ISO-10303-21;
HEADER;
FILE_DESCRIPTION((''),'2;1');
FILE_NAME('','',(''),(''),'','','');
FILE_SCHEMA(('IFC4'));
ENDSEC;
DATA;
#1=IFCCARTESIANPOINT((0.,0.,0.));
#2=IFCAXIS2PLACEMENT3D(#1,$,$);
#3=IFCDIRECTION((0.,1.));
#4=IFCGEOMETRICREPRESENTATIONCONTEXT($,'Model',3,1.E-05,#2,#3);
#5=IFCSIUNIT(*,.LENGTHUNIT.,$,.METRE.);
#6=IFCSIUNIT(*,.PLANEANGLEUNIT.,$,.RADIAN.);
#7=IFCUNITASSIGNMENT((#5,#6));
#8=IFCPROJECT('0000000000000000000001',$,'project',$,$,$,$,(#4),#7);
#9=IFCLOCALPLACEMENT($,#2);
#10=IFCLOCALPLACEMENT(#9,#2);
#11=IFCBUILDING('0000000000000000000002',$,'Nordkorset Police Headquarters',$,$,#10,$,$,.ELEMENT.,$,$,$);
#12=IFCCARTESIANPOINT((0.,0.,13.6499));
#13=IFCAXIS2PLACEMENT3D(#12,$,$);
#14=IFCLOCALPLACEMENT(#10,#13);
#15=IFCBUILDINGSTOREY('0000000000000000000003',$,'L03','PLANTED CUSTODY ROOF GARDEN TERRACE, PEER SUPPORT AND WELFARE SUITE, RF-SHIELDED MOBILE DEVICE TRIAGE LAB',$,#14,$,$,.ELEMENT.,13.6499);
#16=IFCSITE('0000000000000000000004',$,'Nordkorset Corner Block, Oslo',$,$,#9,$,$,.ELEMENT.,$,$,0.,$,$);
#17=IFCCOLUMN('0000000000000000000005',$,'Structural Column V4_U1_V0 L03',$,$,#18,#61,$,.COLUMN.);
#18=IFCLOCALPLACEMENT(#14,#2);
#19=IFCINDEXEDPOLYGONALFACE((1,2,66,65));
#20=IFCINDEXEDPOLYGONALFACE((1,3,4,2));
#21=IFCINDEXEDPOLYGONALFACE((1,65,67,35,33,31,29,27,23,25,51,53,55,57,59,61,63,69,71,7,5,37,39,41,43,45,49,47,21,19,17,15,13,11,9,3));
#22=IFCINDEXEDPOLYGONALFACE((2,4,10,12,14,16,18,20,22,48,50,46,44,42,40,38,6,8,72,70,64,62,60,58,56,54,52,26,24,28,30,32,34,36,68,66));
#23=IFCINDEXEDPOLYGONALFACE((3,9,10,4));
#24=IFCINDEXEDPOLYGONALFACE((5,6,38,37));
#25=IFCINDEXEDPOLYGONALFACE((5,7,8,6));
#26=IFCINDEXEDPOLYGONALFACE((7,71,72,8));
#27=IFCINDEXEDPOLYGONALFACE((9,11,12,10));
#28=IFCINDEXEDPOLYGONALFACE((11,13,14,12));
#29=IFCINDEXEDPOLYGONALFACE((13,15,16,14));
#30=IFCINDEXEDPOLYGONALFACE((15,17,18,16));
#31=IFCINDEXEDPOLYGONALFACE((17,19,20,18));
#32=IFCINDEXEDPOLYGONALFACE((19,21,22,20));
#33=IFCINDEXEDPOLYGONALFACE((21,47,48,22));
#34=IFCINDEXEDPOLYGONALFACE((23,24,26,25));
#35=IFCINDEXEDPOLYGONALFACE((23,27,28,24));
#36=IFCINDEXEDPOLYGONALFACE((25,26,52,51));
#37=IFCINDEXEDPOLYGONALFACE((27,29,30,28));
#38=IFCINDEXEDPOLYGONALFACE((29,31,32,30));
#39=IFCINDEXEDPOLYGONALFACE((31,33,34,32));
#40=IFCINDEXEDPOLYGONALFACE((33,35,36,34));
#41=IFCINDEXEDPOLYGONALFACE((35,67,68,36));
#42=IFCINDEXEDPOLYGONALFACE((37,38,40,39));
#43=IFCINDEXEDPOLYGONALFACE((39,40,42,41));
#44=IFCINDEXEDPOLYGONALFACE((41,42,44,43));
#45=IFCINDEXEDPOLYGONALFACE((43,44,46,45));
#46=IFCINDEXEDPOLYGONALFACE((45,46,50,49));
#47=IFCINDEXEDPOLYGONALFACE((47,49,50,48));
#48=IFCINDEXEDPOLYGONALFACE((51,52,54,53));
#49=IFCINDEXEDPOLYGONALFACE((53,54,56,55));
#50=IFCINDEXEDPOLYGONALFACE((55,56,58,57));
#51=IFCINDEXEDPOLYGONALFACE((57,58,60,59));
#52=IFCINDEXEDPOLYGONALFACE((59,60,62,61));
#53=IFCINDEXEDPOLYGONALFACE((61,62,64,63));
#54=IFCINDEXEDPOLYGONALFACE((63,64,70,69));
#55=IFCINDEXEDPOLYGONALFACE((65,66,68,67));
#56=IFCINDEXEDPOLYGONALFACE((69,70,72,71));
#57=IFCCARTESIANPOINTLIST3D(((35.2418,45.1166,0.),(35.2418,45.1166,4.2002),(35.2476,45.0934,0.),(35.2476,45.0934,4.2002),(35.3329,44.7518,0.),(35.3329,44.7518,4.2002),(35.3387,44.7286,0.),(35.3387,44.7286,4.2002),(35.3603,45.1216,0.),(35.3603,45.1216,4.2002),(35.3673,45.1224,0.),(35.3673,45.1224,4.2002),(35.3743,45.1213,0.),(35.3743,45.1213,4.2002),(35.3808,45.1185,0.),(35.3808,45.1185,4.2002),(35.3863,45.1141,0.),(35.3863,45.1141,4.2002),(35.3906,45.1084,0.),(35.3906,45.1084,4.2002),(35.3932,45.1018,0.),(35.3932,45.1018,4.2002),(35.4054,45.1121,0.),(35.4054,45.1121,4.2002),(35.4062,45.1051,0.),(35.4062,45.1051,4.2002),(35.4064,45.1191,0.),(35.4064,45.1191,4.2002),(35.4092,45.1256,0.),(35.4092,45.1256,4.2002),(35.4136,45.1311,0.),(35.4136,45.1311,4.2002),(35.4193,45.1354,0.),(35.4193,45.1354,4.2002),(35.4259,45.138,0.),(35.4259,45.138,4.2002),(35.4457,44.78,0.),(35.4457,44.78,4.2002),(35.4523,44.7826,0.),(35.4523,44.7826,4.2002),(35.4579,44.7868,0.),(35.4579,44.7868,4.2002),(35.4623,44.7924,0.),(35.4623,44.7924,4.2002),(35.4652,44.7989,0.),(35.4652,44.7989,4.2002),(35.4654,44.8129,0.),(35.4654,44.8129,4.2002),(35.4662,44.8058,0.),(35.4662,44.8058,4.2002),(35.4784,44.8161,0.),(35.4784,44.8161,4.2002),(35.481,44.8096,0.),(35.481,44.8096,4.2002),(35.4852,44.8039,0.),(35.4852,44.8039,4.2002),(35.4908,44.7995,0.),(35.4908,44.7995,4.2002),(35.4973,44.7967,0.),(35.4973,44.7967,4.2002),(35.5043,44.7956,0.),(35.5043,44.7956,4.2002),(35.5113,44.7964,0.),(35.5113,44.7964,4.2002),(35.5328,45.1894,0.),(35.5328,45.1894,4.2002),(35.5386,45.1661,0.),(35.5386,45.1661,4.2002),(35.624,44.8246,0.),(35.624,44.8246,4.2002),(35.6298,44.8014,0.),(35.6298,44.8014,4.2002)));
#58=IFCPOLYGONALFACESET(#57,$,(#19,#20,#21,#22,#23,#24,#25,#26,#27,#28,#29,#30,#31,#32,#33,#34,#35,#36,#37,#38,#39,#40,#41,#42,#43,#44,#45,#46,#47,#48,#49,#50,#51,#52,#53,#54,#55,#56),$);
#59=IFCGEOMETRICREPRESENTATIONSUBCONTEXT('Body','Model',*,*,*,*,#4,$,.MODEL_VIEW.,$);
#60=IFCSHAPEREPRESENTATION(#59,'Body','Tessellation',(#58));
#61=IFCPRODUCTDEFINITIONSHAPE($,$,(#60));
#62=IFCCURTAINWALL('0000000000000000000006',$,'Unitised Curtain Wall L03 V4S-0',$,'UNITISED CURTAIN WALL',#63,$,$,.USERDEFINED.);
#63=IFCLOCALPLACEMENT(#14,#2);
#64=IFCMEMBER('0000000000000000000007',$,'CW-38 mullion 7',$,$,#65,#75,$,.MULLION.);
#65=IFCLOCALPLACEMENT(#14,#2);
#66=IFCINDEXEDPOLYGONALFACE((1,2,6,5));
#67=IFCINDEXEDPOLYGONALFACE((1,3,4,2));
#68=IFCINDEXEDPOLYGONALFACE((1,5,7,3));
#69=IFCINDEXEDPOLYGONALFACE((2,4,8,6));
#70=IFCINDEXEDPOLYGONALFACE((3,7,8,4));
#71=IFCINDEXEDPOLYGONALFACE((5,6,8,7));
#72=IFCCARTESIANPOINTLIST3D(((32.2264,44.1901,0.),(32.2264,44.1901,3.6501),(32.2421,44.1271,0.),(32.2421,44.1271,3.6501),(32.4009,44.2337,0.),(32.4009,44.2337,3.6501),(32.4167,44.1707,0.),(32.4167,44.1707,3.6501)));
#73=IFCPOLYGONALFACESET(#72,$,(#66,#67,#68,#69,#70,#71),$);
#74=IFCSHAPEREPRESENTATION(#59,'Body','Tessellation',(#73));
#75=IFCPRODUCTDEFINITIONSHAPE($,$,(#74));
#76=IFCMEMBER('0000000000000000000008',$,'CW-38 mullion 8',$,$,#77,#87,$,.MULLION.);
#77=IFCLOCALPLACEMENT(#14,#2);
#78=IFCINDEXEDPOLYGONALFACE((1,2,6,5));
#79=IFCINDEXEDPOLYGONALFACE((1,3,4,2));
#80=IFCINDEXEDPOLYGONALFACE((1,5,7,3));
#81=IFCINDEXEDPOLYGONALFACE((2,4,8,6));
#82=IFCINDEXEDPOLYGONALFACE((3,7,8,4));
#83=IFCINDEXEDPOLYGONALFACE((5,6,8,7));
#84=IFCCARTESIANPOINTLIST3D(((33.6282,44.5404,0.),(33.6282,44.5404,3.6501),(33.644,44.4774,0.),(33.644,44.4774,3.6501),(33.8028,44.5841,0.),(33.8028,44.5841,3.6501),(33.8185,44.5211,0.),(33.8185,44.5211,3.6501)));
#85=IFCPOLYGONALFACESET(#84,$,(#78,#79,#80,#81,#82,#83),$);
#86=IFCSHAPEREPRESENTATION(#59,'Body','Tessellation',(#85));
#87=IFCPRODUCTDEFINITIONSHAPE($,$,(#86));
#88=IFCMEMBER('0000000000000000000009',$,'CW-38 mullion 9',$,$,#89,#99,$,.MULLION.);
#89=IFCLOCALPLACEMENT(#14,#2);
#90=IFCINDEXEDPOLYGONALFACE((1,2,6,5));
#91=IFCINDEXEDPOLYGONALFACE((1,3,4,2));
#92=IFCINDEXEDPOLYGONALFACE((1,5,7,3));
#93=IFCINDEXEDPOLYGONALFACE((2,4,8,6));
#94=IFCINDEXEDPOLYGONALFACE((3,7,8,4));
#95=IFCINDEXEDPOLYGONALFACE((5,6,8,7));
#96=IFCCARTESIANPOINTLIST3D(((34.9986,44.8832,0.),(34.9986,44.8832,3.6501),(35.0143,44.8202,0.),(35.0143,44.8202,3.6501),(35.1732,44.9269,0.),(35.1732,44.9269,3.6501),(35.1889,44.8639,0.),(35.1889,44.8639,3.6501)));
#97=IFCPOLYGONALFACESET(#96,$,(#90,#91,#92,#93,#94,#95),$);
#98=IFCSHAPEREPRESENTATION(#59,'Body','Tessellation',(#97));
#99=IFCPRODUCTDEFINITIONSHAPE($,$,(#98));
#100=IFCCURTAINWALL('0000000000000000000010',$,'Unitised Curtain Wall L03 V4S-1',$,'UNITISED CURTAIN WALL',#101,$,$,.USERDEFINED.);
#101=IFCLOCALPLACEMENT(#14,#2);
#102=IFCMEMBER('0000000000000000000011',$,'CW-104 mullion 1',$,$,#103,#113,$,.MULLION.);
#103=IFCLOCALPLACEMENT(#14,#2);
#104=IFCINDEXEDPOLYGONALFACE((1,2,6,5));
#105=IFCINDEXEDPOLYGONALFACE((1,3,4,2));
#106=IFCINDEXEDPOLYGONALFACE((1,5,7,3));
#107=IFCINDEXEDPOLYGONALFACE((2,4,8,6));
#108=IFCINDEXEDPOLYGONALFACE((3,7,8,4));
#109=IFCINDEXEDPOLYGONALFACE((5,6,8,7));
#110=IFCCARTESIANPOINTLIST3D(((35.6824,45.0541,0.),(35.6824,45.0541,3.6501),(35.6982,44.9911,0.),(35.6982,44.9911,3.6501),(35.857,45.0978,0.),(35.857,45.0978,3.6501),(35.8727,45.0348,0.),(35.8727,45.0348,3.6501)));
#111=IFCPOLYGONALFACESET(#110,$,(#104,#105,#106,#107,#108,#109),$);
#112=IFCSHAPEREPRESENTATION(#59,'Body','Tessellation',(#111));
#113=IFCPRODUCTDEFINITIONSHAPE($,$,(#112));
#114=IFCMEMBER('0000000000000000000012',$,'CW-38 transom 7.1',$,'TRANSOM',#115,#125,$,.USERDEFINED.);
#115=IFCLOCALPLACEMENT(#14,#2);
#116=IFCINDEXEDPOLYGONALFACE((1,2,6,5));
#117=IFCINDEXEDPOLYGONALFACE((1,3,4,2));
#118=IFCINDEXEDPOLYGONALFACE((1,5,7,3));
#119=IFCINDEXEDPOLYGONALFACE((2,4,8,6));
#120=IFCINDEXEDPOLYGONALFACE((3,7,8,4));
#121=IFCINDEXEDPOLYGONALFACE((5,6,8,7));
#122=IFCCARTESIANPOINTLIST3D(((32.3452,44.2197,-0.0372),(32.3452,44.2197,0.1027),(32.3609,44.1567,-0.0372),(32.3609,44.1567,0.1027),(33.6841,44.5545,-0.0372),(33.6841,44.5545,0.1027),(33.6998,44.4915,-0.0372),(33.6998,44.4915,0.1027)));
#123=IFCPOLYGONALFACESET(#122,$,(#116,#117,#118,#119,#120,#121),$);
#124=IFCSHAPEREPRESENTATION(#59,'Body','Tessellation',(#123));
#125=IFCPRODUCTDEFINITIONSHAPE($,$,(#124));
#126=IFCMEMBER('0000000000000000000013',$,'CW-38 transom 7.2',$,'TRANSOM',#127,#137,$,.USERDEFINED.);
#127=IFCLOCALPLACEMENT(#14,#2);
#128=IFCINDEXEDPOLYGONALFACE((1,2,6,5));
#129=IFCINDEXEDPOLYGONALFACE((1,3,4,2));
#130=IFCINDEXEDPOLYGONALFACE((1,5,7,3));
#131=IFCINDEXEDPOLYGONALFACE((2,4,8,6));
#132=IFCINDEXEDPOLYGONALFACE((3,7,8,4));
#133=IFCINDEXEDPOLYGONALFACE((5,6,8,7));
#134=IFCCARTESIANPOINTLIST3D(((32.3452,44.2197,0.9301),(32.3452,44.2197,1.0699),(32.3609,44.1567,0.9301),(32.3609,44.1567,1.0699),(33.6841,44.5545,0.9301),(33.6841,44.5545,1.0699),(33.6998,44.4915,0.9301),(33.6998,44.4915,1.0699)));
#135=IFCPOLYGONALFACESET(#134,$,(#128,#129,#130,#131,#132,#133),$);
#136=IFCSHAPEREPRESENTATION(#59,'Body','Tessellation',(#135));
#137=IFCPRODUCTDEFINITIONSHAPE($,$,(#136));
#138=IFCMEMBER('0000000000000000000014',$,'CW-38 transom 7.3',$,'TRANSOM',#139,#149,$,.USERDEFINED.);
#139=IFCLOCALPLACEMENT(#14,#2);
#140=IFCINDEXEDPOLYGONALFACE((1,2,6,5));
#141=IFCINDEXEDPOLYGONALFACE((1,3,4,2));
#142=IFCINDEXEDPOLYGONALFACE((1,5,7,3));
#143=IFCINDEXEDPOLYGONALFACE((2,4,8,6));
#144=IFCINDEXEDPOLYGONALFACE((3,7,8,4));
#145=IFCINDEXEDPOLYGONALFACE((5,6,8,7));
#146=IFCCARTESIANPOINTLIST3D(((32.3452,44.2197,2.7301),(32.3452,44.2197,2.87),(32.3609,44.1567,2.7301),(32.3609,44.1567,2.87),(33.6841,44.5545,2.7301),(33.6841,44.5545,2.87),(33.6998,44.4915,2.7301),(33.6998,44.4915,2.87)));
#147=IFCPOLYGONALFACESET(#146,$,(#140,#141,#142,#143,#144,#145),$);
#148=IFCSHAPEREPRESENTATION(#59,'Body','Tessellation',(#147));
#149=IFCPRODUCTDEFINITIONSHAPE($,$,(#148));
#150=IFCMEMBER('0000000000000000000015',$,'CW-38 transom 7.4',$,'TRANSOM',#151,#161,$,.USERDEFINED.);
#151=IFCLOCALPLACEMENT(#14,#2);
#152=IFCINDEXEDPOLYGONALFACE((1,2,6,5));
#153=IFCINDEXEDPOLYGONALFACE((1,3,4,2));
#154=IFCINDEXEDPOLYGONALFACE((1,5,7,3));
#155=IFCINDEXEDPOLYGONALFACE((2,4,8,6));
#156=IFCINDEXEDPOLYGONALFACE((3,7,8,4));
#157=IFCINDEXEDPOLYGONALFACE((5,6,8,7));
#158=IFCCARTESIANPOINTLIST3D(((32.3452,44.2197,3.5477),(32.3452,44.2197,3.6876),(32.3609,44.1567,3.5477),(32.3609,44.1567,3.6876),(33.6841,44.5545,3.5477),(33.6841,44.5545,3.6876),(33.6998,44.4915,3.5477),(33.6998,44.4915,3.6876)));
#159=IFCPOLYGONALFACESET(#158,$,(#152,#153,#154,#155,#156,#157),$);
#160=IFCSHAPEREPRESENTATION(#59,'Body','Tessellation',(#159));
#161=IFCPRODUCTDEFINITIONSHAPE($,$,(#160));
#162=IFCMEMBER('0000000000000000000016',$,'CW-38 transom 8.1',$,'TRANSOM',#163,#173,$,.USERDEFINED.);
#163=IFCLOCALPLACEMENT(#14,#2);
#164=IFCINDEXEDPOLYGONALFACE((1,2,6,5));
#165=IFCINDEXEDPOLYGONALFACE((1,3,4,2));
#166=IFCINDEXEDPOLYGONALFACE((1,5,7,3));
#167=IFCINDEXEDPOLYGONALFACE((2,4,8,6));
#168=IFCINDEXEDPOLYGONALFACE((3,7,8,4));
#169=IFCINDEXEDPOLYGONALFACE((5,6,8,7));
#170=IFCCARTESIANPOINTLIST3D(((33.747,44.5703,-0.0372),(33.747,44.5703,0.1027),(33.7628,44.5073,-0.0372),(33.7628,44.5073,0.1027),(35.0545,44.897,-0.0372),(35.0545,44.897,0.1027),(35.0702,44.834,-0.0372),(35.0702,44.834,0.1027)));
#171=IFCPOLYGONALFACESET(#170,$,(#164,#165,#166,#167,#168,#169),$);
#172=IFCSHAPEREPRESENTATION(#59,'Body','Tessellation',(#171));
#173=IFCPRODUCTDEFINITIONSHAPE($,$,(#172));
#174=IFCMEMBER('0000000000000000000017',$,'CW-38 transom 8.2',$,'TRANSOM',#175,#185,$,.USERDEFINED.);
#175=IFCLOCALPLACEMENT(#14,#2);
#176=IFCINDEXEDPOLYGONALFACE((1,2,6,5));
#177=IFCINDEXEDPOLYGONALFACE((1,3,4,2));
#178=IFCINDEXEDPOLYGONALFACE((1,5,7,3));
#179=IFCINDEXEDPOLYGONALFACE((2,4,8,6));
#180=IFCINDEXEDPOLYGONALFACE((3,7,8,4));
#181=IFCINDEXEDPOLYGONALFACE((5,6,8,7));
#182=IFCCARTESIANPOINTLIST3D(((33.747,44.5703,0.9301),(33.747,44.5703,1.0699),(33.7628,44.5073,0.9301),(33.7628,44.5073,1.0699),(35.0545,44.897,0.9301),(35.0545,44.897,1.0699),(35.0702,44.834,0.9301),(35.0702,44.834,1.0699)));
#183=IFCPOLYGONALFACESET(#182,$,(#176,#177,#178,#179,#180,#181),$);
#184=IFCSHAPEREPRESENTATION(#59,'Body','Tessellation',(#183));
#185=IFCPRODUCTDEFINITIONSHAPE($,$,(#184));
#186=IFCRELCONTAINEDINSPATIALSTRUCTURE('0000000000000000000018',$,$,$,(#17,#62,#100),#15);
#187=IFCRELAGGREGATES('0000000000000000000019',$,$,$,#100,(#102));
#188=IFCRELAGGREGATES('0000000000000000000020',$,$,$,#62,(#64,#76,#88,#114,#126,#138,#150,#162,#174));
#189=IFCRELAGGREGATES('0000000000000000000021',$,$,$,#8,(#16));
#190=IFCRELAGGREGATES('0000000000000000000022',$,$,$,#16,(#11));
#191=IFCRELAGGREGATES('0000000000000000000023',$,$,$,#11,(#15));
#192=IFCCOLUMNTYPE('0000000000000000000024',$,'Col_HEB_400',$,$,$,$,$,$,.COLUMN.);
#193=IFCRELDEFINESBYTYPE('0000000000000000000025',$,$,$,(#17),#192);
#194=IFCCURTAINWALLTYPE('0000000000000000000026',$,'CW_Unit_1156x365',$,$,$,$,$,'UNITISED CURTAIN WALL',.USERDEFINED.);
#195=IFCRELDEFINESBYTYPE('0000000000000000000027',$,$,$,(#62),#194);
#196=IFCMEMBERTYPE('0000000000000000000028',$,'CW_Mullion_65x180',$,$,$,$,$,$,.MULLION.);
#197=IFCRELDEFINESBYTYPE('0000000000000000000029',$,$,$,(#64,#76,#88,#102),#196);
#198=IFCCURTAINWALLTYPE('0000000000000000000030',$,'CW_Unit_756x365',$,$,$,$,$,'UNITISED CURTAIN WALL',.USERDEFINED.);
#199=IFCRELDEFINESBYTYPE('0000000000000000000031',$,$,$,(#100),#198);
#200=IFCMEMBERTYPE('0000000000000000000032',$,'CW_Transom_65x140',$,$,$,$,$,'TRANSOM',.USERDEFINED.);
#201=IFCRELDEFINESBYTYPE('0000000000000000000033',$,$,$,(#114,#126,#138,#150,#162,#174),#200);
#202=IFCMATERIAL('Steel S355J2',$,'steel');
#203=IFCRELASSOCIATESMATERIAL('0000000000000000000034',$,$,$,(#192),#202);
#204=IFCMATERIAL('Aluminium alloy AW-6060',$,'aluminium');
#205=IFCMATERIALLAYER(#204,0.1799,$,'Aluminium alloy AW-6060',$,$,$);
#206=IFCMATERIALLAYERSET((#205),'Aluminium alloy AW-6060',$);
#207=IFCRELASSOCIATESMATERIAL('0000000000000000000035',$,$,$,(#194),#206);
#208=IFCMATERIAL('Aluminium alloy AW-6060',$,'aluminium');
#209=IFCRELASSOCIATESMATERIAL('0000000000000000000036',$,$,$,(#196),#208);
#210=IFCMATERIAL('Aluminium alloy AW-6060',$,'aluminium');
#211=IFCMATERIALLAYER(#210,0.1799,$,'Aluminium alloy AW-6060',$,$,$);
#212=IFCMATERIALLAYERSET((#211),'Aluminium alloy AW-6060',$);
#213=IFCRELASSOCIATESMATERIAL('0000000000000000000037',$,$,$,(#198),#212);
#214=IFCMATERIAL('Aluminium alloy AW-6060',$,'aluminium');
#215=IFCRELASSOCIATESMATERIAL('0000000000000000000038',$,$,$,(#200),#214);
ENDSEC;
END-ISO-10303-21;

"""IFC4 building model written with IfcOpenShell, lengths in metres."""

from ifc_helpers import new_model, si_unit, direction, frame, origin, origin_2d, place, context, subcontext, project, spatial, rectangle, i_section, extrude, material, layer, layer_set, material_profile, profile_set, type_object, element, aggregate, save


model = new_model("IFC4")

# Units and contexts
model_context = context("Model", 3, precision=1e-05, world=origin(), true_north=direction((0.0, 1.0)))
body_context = subcontext(model_context, "Body", "Model", "MODEL_VIEW")
ifc_project = project(units=[si_unit("LENGTHUNIT", "METRE"), si_unit("PLANEANGLEUNIT", "RADIAN")], contexts=[model_context])

# Site, building, storey
site_placement = place(None, origin())
site = spatial("IfcSite", under=ifc_project, at=site_placement, Name="Nordkorset Corner Block, Oslo", CompositionType="ELEMENT", RefElevation=0.0)
building_placement = place(site_placement, origin())
building = spatial("IfcBuilding", under=site, at=building_placement, Name="Nordkorset Police Headquarters", CompositionType="ELEMENT")
storey_placement = place(building_placement, frame((0.0, 0.0, 13.6499)))
storey = spatial("IfcBuildingStorey", under=building, at=storey_placement, Name="L03", Description="PLANTED CUSTODY ROOF GARDEN TERRACE, PEER SUPPORT AND WELFARE SUITE, RF-SHIELDED MOBILE DEVICE TRIAGE LAB", CompositionType="ELEMENT", Elevation=13.6499)

# Column
ifc_material_1 = material(Name="Steel S355J2", Category="steel")
ifc_material_profile_1 = material_profile(ifc_material_1, i_section(OverallWidth=0.3, OverallDepth=0.3999, WebThickness=0.0134, FlangeThickness=0.0239, FilletRadius=0.0271, at=origin_2d()), Name="HEB 400")
ifc_profile_set_1 = profile_set([ifc_material_profile_1], Name="Steel S355J2")
column_type = type_object("IfcColumnType", Name="Col_HEB_400", PredefinedType="COLUMN", material=ifc_profile_set_1)
column_placement = place(storey_placement, frame((35.4358, 44.959, 0.0), z_axis=(0.0, 0.0, 1.0), x_axis=(0.970143, 0.242536, 0.0)))
element("IfcColumn", 1, at=column_placement, inside=storey, type_object=column_type, Name="Structural Column V4_U1_V0 L03", PredefinedType="COLUMN", context=body_context, shape_type="SweptSolid", body=[
    extrude(i_section(OverallWidth=0.3, OverallDepth=0.3999, WebThickness=0.0134, FlangeThickness=0.0239, FilletRadius=0.0271, at=origin_2d()), origin(), (0.0, 0.0, 1.0), 4.2002),
])

# Curtain wall, members
ifc_material_2 = material(Name="Aluminium alloy AW-6060", Category="aluminium")
ifc_layer_1 = layer(ifc_material_2, 0.1799, Name="Aluminium alloy AW-6060")
ifc_layer_set_1 = layer_set([ifc_layer_1], Name="Aluminium alloy AW-6060")
curtain_wall_type_1 = type_object("IfcCurtainWallType", Name="CW_Unit_1156x365", ElementType="UNITISED CURTAIN WALL", PredefinedType="USERDEFINED", material=ifc_layer_set_1)
curtain_wall_1_placement = place(storey_placement, origin())
curtain_wall_1 = element("IfcCurtainWall", 2, at=curtain_wall_1_placement, inside=storey, type_object=curtain_wall_type_1, Name="Unitised Curtain Wall L03 V4S-0", ObjectType="UNITISED CURTAIN WALL", PredefinedType="USERDEFINED")
ifc_material_3 = material(Name="Aluminium alloy AW-6060", Category="aluminium")
ifc_material_profile_2 = material_profile(ifc_material_3, rectangle(XDim=0.0649, YDim=0.1799, at=origin_2d()), Name="ALU MULL 65x180")
ifc_profile_set_2 = profile_set([ifc_material_profile_2], Name="Aluminium alloy AW-6060")
member_type_1 = type_object("IfcMemberType", Name="CW_Mullion_65x180", PredefinedType="MULLION", material=ifc_profile_set_2)
member_1_placement = place(storey_placement, frame((32.3215, 44.1804, 0.0), z_axis=(0.0, 0.0, 1.0), x_axis=(-0.242536, 0.970143, 0.0)))
member_1 = element("IfcMember", 3, at=member_1_placement, type_object=member_type_1, Name="CW-38 mullion 7", PredefinedType="MULLION", context=body_context, shape_type="SweptSolid", body=[
    extrude(rectangle(XDim=0.0649, YDim=0.1799, at=origin_2d()), origin(), (0.0, 0.0, 1.0), 3.6501),
])
member_2_placement = place(storey_placement, frame((33.7234, 44.5308, 0.0), z_axis=(0.0, 0.0, 1.0), x_axis=(-0.242536, 0.970143, 0.0)))
member_2 = element("IfcMember", 4, at=member_2_placement, type_object=member_type_1, Name="CW-38 mullion 8", PredefinedType="MULLION", context=body_context, shape_type="SweptSolid", body=[
    extrude(rectangle(XDim=0.0649, YDim=0.1799, at=origin_2d()), origin(), (0.0, 0.0, 1.0), 3.6501),
])
member_3_placement = place(storey_placement, frame((35.0938, 44.8735, 0.0), z_axis=(0.0, 0.0, 1.0), x_axis=(-0.242536, 0.970143, 0.0)))
member_3 = element("IfcMember", 5, at=member_3_placement, type_object=member_type_1, Name="CW-38 mullion 9", PredefinedType="MULLION", context=body_context, shape_type="SweptSolid", body=[
    extrude(rectangle(XDim=0.0649, YDim=0.1799, at=origin_2d()), origin(), (0.0, 0.0, 1.0), 3.6501),
])

# Curtain wall, member
ifc_material_4 = material(Name="Aluminium alloy AW-6060", Category="aluminium")
ifc_layer_2 = layer(ifc_material_4, 0.1799, Name="Aluminium alloy AW-6060")
ifc_layer_set_2 = layer_set([ifc_layer_2], Name="Aluminium alloy AW-6060")
curtain_wall_type_2 = type_object("IfcCurtainWallType", Name="CW_Unit_756x365", ElementType="UNITISED CURTAIN WALL", PredefinedType="USERDEFINED", material=ifc_layer_set_2)
curtain_wall_2_placement = place(storey_placement, origin())
curtain_wall_2 = element("IfcCurtainWall", 6, at=curtain_wall_2_placement, inside=storey, type_object=curtain_wall_type_2, Name="Unitised Curtain Wall L03 V4S-1", ObjectType="UNITISED CURTAIN WALL", PredefinedType="USERDEFINED")
member_4_placement = place(storey_placement, frame((35.7776, 45.0444, 0.0), z_axis=(0.0, 0.0, 1.0), x_axis=(-0.242536, 0.970143, 0.0)))
member_4 = element("IfcMember", 7, at=member_4_placement, type_object=member_type_1, Name="CW-104 mullion 1", PredefinedType="MULLION", context=body_context, shape_type="SweptSolid", body=[
    extrude(rectangle(XDim=0.0649, YDim=0.1799, at=origin_2d()), origin(), (0.0, 0.0, 1.0), 3.6501),
])

# Members
ifc_material_5 = material(Name="Aluminium alloy AW-6060", Category="aluminium")
ifc_material_profile_3 = material_profile(ifc_material_5, rectangle(XDim=0.0649, YDim=0.1399, at=origin_2d()), Name="ALU TRAN 65x140")
ifc_profile_set_3 = profile_set([ifc_material_profile_3], Name="Aluminium alloy AW-6060")
member_type_2 = type_object("IfcMemberType", Name="CW_Transom_65x140", ElementType="TRANSOM", PredefinedType="USERDEFINED", material=ifc_profile_set_3)
member_5_placement = place(storey_placement, frame((32.353, 44.1882, 0.0327), z_axis=(0.970143, 0.242536, 0.0), x_axis=(-0.242536, 0.970143, 0.0)))
member_5 = element("IfcMember", 8, at=member_5_placement, type_object=member_type_2, Name="CW-38 transom 7.1", ObjectType="TRANSOM", PredefinedType="USERDEFINED", context=body_context, shape_type="SweptSolid", body=[
    extrude(rectangle(XDim=0.0649, YDim=0.1399, at=origin_2d()), origin(), (0.0, 0.0, 1.0), 1.3801),
])
member_6_placement = place(storey_placement, frame((32.353, 44.1882, 1.0), z_axis=(0.970143, 0.242536, 0.0), x_axis=(-0.242536, 0.970143, 0.0)))
member_6 = element("IfcMember", 9, at=member_6_placement, type_object=member_type_2, Name="CW-38 transom 7.2", ObjectType="TRANSOM", PredefinedType="USERDEFINED", context=body_context, shape_type="SweptSolid", body=[
    extrude(rectangle(XDim=0.0649, YDim=0.1399, at=origin_2d()), origin(), (0.0, 0.0, 1.0), 1.3801),
])
member_7_placement = place(storey_placement, frame((32.353, 44.1882, 2.8), z_axis=(0.970143, 0.242536, 0.0), x_axis=(-0.242536, 0.970143, 0.0)))
member_7 = element("IfcMember", 10, at=member_7_placement, type_object=member_type_2, Name="CW-38 transom 7.3", ObjectType="TRANSOM", PredefinedType="USERDEFINED", context=body_context, shape_type="SweptSolid", body=[
    extrude(rectangle(XDim=0.0649, YDim=0.1399, at=origin_2d()), origin(), (0.0, 0.0, 1.0), 1.3801),
])
member_8_placement = place(storey_placement, frame((32.353, 44.1882, 3.6177), z_axis=(0.970143, 0.242536, 0.0), x_axis=(-0.242536, 0.970143, 0.0)))
member_8 = element("IfcMember", 11, at=member_8_placement, type_object=member_type_2, Name="CW-38 transom 7.4", ObjectType="TRANSOM", PredefinedType="USERDEFINED", context=body_context, shape_type="SweptSolid", body=[
    extrude(rectangle(XDim=0.0649, YDim=0.1399, at=origin_2d()), origin(), (0.0, 0.0, 1.0), 1.3801),
])
member_9_placement = place(storey_placement, frame((33.7549, 44.5388, 0.0327), z_axis=(0.970174, 0.242408, 0.0), x_axis=(-0.242408, 0.970174, 0.0)))
member_9 = element("IfcMember", 12, at=member_9_placement, type_object=member_type_2, Name="CW-38 transom 8.1", ObjectType="TRANSOM", PredefinedType="USERDEFINED", context=body_context, shape_type="SweptSolid", body=[
    extrude(rectangle(XDim=0.0649, YDim=0.1399, at=origin_2d()), origin(), (0.0, 0.0, 1.0), 1.3477),
])
member_10_placement = place(storey_placement, frame((33.7549, 44.5388, 1.0), z_axis=(0.970174, 0.242408, 0.0), x_axis=(-0.242408, 0.970174, 0.0)))
member_10 = element("IfcMember", 13, at=member_10_placement, type_object=member_type_2, Name="CW-38 transom 8.2", ObjectType="TRANSOM", PredefinedType="USERDEFINED", context=body_context, shape_type="SweptSolid", body=[
    extrude(rectangle(XDim=0.0649, YDim=0.1399, at=origin_2d()), origin(), (0.0, 0.0, 1.0), 1.3477),
])
aggregate(curtain_wall_2, [member_4])

aggregate(curtain_wall_1, [member_1, member_2, member_3, member_5, member_6, member_7, member_8, member_9, member_10])

save(model, "model.ifc")
